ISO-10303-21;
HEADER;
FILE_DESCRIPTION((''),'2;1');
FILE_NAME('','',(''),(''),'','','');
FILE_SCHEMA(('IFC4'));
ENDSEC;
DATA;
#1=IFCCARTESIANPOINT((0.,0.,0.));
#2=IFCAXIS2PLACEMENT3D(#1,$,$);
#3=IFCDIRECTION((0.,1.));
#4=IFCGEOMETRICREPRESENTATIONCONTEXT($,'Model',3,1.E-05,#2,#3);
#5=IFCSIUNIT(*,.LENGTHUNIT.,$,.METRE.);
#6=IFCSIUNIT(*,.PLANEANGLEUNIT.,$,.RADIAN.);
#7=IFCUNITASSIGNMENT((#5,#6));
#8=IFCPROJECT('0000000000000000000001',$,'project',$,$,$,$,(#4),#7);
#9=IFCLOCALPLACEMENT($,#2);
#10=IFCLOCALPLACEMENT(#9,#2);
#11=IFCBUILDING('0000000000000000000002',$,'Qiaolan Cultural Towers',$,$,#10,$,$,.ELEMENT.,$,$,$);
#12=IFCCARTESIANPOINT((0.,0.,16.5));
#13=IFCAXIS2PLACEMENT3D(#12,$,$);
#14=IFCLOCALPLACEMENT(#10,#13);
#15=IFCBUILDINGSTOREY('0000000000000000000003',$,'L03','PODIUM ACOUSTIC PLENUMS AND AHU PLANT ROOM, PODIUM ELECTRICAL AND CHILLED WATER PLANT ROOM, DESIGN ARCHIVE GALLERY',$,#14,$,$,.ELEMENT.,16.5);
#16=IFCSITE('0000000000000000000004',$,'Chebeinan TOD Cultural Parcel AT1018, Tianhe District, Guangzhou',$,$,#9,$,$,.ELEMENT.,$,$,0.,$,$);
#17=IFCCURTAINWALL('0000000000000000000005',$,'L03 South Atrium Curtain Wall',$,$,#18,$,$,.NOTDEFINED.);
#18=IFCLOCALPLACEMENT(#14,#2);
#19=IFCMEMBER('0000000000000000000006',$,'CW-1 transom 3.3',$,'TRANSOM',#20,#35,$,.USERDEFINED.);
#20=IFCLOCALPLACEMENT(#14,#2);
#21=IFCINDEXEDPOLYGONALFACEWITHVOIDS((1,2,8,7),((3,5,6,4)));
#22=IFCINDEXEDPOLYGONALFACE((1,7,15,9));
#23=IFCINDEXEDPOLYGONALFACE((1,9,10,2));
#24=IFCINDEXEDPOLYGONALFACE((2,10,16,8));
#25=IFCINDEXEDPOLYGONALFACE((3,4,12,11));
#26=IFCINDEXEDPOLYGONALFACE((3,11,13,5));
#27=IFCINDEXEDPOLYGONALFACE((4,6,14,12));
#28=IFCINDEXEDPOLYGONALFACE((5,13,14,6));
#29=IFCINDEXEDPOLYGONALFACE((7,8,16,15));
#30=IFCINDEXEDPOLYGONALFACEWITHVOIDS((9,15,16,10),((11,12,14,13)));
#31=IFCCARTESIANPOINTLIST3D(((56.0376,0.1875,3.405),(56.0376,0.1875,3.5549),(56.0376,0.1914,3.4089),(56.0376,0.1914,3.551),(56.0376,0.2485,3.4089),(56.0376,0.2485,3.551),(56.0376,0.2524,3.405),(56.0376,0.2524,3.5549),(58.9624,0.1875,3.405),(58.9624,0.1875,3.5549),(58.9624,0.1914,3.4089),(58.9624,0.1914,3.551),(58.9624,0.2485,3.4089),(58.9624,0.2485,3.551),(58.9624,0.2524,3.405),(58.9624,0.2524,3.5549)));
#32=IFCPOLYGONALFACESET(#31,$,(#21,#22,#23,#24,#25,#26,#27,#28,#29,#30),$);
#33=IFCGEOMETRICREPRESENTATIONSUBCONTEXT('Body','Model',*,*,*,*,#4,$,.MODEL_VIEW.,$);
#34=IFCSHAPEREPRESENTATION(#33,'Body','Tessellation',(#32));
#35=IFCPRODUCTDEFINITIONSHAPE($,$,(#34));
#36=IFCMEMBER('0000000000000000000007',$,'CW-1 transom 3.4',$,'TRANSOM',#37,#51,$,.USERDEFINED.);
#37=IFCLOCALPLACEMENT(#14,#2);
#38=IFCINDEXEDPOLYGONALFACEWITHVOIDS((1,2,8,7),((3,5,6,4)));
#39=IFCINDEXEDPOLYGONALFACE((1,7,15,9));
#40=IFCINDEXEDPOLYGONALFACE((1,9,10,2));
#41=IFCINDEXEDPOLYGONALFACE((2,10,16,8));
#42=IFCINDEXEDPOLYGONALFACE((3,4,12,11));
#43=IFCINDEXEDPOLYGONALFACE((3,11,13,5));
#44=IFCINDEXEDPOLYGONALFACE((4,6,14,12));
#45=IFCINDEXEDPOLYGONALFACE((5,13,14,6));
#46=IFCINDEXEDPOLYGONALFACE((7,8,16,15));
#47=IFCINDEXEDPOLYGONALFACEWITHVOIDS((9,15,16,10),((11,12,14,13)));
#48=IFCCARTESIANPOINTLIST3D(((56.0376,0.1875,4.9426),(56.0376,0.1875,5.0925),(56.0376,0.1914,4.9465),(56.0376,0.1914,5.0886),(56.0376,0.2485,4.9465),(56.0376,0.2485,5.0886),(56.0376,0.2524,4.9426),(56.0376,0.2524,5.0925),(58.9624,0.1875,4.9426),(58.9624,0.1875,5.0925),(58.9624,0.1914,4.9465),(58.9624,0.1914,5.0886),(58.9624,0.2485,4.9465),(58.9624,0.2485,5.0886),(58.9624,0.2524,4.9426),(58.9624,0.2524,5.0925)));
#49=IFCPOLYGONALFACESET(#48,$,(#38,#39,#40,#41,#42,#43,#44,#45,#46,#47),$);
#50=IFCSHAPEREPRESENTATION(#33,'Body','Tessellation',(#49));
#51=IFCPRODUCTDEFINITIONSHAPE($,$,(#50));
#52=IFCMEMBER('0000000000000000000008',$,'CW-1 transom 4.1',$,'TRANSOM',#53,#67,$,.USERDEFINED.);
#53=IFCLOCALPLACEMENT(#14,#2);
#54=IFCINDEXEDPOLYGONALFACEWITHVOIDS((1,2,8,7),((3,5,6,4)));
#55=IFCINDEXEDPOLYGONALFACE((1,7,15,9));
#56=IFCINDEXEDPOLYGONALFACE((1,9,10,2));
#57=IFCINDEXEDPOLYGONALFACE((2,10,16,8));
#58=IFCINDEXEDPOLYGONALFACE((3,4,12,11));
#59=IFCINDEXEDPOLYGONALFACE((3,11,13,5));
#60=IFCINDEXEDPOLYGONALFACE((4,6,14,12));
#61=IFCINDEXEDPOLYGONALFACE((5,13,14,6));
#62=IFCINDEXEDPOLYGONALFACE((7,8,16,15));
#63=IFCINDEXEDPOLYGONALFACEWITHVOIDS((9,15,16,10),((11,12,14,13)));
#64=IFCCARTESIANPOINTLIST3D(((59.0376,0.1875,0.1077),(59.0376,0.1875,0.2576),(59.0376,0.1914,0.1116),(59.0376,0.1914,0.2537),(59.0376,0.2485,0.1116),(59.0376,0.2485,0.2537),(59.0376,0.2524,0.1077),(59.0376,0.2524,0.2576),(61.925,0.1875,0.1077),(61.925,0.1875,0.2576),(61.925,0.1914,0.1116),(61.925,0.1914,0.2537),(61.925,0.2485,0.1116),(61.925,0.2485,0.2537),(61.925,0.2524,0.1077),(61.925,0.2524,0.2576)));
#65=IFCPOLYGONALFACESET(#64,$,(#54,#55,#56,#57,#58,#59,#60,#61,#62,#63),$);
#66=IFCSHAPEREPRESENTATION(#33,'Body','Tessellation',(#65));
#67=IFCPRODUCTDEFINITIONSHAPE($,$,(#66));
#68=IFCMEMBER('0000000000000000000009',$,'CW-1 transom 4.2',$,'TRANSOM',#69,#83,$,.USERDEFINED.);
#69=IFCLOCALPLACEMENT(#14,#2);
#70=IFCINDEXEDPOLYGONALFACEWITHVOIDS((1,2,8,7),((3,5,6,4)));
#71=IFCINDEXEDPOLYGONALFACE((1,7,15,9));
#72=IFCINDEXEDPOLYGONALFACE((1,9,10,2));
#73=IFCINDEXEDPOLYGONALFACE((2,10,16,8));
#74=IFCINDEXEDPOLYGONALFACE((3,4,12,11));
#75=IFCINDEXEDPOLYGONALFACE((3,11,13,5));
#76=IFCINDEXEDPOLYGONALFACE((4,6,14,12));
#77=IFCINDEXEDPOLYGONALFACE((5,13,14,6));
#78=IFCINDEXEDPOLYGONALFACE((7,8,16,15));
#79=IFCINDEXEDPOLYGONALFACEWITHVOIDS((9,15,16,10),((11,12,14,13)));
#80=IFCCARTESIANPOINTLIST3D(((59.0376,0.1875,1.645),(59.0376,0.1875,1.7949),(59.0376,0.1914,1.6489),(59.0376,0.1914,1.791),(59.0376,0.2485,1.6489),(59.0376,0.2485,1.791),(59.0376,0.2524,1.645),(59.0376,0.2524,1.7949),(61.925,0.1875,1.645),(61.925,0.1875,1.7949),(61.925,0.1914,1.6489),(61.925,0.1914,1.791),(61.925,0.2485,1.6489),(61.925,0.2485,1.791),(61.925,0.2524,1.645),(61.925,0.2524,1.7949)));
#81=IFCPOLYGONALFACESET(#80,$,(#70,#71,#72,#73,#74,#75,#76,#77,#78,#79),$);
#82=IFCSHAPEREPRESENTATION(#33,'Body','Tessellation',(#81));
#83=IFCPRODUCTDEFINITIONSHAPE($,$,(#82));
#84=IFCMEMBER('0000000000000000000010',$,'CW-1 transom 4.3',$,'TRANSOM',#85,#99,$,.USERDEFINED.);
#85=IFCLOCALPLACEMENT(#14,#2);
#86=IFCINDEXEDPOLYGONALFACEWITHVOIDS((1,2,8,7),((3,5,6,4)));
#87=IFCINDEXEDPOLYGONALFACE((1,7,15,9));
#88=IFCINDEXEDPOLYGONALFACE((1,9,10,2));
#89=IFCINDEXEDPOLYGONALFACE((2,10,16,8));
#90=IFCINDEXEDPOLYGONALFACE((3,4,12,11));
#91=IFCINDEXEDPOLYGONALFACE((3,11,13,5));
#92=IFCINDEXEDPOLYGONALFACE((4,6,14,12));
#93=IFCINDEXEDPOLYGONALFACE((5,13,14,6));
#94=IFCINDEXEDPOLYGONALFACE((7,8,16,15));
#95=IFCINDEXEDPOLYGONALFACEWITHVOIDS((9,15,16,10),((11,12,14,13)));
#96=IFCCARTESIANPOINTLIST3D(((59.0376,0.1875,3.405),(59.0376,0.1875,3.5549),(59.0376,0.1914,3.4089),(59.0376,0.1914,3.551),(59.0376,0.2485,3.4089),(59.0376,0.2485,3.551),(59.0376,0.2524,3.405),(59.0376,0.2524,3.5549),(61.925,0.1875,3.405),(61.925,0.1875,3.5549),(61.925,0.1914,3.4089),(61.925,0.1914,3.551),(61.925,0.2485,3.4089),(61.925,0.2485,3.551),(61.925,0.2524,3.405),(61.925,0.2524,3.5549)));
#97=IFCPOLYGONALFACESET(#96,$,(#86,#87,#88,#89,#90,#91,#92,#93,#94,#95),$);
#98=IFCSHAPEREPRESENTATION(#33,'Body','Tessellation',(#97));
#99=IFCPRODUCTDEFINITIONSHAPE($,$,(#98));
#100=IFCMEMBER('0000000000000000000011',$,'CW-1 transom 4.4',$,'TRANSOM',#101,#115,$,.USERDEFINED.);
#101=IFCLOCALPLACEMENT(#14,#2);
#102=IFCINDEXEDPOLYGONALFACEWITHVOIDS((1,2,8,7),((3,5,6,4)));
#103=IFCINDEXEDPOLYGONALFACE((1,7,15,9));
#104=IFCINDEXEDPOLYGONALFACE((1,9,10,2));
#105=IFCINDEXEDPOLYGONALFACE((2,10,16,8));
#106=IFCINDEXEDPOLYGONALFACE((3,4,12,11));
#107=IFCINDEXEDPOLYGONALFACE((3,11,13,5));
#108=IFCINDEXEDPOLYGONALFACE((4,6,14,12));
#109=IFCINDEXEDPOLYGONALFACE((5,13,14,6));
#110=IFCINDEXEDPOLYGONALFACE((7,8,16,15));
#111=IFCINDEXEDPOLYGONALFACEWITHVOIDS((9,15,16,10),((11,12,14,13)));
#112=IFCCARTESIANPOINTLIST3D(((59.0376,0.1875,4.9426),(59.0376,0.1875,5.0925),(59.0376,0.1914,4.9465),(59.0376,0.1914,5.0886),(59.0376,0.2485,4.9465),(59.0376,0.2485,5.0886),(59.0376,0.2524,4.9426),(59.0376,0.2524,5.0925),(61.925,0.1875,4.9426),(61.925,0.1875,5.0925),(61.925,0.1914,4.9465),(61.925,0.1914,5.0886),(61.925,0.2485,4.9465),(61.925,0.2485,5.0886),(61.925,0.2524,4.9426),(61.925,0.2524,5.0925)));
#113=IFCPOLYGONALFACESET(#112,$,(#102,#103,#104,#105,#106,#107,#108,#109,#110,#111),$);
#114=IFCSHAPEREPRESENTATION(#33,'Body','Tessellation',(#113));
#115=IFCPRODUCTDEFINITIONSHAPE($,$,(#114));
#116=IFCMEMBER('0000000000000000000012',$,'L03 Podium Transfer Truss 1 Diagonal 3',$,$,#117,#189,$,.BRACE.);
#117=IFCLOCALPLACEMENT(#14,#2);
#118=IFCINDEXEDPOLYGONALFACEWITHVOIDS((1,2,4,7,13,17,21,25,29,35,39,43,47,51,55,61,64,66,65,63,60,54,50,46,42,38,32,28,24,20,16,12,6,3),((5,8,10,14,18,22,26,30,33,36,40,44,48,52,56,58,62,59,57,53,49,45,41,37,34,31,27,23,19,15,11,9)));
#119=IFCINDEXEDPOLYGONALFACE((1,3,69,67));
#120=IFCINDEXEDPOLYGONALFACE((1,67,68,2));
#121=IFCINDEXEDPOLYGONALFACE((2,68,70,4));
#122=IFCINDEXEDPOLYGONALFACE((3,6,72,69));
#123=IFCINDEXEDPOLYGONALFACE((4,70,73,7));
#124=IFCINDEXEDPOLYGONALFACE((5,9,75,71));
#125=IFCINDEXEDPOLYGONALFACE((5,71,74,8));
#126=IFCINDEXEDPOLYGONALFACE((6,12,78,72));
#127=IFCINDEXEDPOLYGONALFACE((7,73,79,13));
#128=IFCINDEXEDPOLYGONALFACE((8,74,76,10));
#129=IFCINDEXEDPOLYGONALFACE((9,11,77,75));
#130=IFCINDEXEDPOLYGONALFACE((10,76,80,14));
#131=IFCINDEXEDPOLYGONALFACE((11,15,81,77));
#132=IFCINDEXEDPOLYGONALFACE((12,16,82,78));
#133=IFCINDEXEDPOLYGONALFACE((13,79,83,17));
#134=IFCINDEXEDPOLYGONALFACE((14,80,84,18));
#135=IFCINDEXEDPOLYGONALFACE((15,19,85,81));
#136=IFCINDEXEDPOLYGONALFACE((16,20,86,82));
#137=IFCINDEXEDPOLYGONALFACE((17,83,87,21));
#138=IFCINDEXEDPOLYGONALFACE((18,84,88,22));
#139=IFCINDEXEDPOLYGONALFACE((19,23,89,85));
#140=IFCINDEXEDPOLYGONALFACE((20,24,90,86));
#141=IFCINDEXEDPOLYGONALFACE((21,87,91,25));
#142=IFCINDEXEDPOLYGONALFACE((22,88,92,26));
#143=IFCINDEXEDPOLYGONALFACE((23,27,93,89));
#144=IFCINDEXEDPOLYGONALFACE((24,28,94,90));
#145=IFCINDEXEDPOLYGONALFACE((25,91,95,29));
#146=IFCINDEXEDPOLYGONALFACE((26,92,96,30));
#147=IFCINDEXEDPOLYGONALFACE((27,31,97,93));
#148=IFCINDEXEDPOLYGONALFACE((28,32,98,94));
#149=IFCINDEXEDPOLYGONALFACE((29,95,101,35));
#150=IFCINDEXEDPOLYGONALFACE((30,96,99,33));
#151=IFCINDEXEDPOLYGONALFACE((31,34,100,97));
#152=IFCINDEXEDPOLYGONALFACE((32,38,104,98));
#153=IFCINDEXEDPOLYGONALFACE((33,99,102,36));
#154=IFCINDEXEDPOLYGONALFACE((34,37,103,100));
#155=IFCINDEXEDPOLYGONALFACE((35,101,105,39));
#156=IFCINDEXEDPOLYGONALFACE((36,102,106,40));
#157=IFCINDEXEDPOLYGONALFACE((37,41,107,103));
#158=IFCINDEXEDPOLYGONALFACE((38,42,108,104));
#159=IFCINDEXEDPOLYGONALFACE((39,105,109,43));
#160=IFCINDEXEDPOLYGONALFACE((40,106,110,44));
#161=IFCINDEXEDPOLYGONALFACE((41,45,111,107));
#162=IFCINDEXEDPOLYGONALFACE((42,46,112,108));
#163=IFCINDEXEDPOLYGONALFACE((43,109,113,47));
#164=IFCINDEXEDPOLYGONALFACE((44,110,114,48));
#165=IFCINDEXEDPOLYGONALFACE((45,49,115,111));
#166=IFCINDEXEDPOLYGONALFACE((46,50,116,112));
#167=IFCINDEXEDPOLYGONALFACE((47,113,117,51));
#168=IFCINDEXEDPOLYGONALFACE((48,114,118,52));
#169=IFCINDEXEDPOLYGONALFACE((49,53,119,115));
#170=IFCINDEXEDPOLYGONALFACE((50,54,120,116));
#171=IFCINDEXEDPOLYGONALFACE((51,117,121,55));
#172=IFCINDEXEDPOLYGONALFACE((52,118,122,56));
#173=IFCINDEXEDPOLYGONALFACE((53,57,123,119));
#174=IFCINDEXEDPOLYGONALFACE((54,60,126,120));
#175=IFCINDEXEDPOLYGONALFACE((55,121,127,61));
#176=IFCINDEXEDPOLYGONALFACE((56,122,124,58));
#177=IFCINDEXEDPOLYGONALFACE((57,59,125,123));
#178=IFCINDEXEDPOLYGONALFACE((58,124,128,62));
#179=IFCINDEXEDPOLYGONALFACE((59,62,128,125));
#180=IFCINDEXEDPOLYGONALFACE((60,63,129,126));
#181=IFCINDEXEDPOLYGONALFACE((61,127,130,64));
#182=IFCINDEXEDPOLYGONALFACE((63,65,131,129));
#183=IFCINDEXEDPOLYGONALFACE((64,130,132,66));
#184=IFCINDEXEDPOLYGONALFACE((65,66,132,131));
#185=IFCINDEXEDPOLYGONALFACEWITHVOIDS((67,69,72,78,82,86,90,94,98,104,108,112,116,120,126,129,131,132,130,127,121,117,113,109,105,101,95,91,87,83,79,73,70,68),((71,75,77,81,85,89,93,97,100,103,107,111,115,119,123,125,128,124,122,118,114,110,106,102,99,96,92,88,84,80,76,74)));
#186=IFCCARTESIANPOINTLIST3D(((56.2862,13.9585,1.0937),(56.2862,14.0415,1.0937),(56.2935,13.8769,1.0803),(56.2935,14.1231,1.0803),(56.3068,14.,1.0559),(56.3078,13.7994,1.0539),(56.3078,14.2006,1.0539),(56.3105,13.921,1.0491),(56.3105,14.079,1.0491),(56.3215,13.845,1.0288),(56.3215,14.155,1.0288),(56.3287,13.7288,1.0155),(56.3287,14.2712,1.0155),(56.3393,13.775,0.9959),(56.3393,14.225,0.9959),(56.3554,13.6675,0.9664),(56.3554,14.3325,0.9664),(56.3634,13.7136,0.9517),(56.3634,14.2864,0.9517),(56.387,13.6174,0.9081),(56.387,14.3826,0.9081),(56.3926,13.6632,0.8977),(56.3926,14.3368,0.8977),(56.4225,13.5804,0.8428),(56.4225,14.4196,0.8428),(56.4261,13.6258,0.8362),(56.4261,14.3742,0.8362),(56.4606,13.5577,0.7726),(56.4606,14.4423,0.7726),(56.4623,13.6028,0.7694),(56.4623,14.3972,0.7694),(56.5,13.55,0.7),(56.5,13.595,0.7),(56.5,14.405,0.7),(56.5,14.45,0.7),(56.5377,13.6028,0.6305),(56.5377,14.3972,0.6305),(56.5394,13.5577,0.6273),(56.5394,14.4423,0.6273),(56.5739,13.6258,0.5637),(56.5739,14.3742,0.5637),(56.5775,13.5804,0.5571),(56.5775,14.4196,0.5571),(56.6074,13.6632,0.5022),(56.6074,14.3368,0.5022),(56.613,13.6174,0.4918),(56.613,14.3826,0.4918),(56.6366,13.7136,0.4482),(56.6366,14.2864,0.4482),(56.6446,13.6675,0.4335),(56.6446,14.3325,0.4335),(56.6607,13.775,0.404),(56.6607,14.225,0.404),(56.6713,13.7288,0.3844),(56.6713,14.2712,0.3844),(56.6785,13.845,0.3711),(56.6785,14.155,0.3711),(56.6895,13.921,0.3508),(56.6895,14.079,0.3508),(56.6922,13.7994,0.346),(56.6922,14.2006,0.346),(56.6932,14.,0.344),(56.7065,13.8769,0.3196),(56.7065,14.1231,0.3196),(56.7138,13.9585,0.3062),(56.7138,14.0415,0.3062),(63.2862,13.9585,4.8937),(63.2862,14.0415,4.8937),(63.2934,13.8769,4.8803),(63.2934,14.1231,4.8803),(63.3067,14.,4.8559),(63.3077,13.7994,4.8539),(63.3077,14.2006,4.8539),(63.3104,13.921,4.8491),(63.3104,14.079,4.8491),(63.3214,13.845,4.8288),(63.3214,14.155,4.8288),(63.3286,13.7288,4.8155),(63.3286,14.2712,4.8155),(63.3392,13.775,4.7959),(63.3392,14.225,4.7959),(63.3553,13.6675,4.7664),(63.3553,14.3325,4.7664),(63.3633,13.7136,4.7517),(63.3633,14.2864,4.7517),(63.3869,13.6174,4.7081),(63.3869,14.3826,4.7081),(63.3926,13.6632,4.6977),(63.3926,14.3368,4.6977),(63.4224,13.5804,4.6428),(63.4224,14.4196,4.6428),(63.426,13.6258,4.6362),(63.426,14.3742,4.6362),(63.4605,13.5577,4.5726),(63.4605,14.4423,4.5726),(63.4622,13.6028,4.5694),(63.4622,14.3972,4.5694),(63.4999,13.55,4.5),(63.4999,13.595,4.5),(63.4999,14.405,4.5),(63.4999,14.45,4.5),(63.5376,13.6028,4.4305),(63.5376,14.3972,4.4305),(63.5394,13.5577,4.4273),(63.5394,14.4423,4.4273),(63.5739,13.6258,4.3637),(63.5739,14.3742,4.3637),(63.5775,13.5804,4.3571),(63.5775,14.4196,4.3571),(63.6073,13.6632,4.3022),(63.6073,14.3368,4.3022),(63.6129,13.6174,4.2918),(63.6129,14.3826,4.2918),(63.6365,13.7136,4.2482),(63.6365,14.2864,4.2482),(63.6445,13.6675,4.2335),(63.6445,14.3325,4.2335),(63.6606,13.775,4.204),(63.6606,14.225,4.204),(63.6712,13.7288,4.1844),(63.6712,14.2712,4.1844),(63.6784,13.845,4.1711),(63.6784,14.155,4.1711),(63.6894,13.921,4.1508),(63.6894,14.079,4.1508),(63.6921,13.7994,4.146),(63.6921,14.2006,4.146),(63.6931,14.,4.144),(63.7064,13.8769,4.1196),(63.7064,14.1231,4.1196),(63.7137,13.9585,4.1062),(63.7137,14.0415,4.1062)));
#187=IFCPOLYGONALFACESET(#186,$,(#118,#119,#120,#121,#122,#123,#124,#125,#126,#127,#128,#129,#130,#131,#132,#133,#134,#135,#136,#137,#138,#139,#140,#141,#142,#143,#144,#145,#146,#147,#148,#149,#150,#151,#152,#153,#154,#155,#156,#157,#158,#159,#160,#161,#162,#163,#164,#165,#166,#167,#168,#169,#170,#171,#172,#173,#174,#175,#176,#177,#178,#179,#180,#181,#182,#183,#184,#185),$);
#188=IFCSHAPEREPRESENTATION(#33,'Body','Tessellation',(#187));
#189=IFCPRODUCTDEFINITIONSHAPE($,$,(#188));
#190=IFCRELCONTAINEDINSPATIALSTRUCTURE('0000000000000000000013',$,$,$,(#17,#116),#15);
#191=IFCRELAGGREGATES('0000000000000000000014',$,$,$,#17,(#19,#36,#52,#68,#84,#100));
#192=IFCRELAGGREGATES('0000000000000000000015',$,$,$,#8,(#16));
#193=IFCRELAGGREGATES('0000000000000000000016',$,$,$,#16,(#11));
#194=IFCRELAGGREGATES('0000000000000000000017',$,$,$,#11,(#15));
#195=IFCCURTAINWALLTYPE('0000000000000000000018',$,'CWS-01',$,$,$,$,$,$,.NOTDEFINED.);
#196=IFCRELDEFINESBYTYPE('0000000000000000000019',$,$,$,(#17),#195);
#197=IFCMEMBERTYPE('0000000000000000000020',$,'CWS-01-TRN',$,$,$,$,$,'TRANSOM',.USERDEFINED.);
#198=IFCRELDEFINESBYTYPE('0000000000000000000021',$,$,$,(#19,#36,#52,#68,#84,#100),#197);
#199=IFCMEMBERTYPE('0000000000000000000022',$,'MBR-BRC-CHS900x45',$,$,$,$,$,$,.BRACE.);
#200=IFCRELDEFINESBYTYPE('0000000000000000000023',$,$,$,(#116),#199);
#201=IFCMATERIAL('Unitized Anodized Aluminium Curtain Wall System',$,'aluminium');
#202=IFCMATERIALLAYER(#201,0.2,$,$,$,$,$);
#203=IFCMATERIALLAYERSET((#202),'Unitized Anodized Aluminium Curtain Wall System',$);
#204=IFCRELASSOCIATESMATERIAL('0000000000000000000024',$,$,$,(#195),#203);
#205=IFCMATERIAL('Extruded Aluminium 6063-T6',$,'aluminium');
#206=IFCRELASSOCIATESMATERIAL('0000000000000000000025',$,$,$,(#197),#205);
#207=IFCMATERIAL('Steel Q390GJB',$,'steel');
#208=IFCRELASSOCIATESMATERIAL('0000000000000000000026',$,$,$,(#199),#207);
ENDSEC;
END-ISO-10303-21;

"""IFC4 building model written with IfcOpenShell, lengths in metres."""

from ifc_helpers import new_model, si_unit, direction, frame, origin, origin_2d, place, context, subcontext, project, spatial, hollow_rectangle, hollow_circle, extrude, material, layer, layer_set, material_profile, profile_set, type_object, element, aggregate, save


model = new_model("IFC4")

# Units and contexts
model_context = context("Model", 3, precision=1e-05, world=origin(), true_north=direction((0.0, 1.0)))
body_context = subcontext(model_context, "Body", "Model", "MODEL_VIEW")
ifc_project = project(units=[si_unit("LENGTHUNIT", "METRE"), si_unit("PLANEANGLEUNIT", "RADIAN")], contexts=[model_context])

# Site, building, storey
site_placement = place(None, origin())
site = spatial("IfcSite", under=ifc_project, at=site_placement, Name="Chebeinan TOD Cultural Parcel AT1018, Tianhe District, Guangzhou", CompositionType="ELEMENT", RefElevation=0.0)
building_placement = place(site_placement, origin())
building = spatial("IfcBuilding", under=site, at=building_placement, Name="Qiaolan Cultural Towers", CompositionType="ELEMENT")
storey_placement = place(building_placement, frame((0.0, 0.0, 16.5)))
storey = spatial("IfcBuildingStorey", under=building, at=storey_placement, Name="L03", Description="PODIUM ACOUSTIC PLENUMS AND AHU PLANT ROOM, PODIUM ELECTRICAL AND CHILLED WATER PLANT ROOM, DESIGN ARCHIVE GALLERY", CompositionType="ELEMENT", Elevation=16.5)

# Curtain wall, members
ifc_material_1 = material(Name="Unitized Anodized Aluminium Curtain Wall System", Category="aluminium")
ifc_layer_1 = layer(ifc_material_1, 0.2)
ifc_layer_set_1 = layer_set([ifc_layer_1], Name="Unitized Anodized Aluminium Curtain Wall System")
curtain_wall_type = type_object("IfcCurtainWallType", Name="CWS-01", PredefinedType="NOTDEFINED", material=ifc_layer_set_1)
curtain_wall_placement = place(storey_placement, origin())
curtain_wall = element("IfcCurtainWall", 1, at=curtain_wall_placement, inside=storey, type_object=curtain_wall_type, Name="L03 South Atrium Curtain Wall", PredefinedType="NOTDEFINED")
ifc_material_2 = material(Name="Extruded Aluminium 6063-T6", Category="aluminium")
ifc_material_profile_1 = material_profile(ifc_material_2, hollow_rectangle(XDim=0.0649, YDim=0.1499, WallThickness=0.0039, at=origin_2d()), Name="CWT-150x65x4")
ifc_profile_set_1 = profile_set([ifc_material_profile_1], Name="Extruded Aluminium 6063-T6")
member_type_1 = type_object("IfcMemberType", Name="CWS-01-TRN", ElementType="TRANSOM", PredefinedType="USERDEFINED", material=ifc_profile_set_1)
member_1_placement = place(storey_placement, frame((56.0376, 0.22, 3.48), z_axis=(1.0, 0.0, 0.0), x_axis=(0.0, 1.0, 0.0)))
member_1 = element("IfcMember", 2, at=member_1_placement, type_object=member_type_1, Name="CW-1 transom 3.3", ObjectType="TRANSOM", PredefinedType="USERDEFINED", context=body_context, shape_type="SweptSolid", body=[
    extrude(hollow_rectangle(XDim=0.0649, YDim=0.1499, WallThickness=0.0039, at=origin_2d()), origin(), (0.0, 0.0, 1.0), 2.9248),
])
member_2_placement = place(storey_placement, frame((56.0376, 0.22, 5.0176), z_axis=(1.0, 0.0, 0.0), x_axis=(0.0, 1.0, 0.0)))
member_2 = element("IfcMember", 3, at=member_2_placement, type_object=member_type_1, Name="CW-1 transom 3.4", ObjectType="TRANSOM", PredefinedType="USERDEFINED", context=body_context, shape_type="SweptSolid", body=[
    extrude(hollow_rectangle(XDim=0.0649, YDim=0.1499, WallThickness=0.0039, at=origin_2d()), origin(), (0.0, 0.0, 1.0), 2.9248),
])
member_3_placement = place(storey_placement, frame((59.0376, 0.22, 0.1826), z_axis=(1.0, 0.0, 0.0), x_axis=(0.0, 1.0, 0.0)))
member_3 = element("IfcMember", 4, at=member_3_placement, type_object=member_type_1, Name="CW-1 transom 4.1", ObjectType="TRANSOM", PredefinedType="USERDEFINED", context=body_context, shape_type="SweptSolid", body=[
    extrude(hollow_rectangle(XDim=0.0649, YDim=0.1499, WallThickness=0.0039, at=origin_2d()), origin(), (0.0, 0.0, 1.0), 2.8875),
])
member_4_placement = place(storey_placement, frame((59.0376, 0.22, 1.72), z_axis=(1.0, 0.0, 0.0), x_axis=(0.0, 1.0, 0.0)))
member_4 = element("IfcMember", 5, at=member_4_placement, type_object=member_type_1, Name="CW-1 transom 4.2", ObjectType="TRANSOM", PredefinedType="USERDEFINED", context=body_context, shape_type="SweptSolid", body=[
    extrude(hollow_rectangle(XDim=0.0649, YDim=0.1499, WallThickness=0.0039, at=origin_2d()), origin(), (0.0, 0.0, 1.0), 2.8875),
])
member_5_placement = place(storey_placement, frame((59.0376, 0.22, 3.48), z_axis=(1.0, 0.0, 0.0), x_axis=(0.0, 1.0, 0.0)))
member_5 = element("IfcMember", 6, at=member_5_placement, type_object=member_type_1, Name="CW-1 transom 4.3", ObjectType="TRANSOM", PredefinedType="USERDEFINED", context=body_context, shape_type="SweptSolid", body=[
    extrude(hollow_rectangle(XDim=0.0649, YDim=0.1499, WallThickness=0.0039, at=origin_2d()), origin(), (0.0, 0.0, 1.0), 2.8875),
])
member_6_placement = place(storey_placement, frame((59.0376, 0.22, 5.0176), z_axis=(1.0, 0.0, 0.0), x_axis=(0.0, 1.0, 0.0)))
member_6 = element("IfcMember", 7, at=member_6_placement, type_object=member_type_1, Name="CW-1 transom 4.4", ObjectType="TRANSOM", PredefinedType="USERDEFINED", context=body_context, shape_type="SweptSolid", body=[
    extrude(hollow_rectangle(XDim=0.0649, YDim=0.1499, WallThickness=0.0039, at=origin_2d()), origin(), (0.0, 0.0, 1.0), 2.8875),
])

# Member
ifc_material_3 = material(Name="Steel Q390GJB", Category="steel")
ifc_material_profile_2 = material_profile(ifc_material_3, hollow_circle(Radius=0.45, WallThickness=0.0449, at=origin_2d()), Name="CHS900x45")
ifc_profile_set_2 = profile_set([ifc_material_profile_2], Name="Steel Q390GJB")
member_type_2 = type_object("IfcMemberType", Name="MBR-BRC-CHS900x45", PredefinedType="BRACE", material=ifc_profile_set_2)
member_7_placement = place(storey_placement, frame((56.5, 14.0, 0.7), z_axis=(0.878851, 0.0, 0.477097), x_axis=(0.0, 1.0, 0.0)))
element("IfcMember", 8, at=member_7_placement, inside=storey, type_object=member_type_2, Name="L03 Podium Transfer Truss 1 Diagonal 3", PredefinedType="BRACE", context=body_context, shape_type="SweptSolid", body=[
    extrude(hollow_circle(Radius=0.45, WallThickness=0.0449, at=origin_2d()), origin(), (0.0, 0.0, 1.0), 7.9648),
])

aggregate(curtain_wall, [member_1, member_2, member_3, member_4, member_5, member_6])

save(model, "model.ifc")
